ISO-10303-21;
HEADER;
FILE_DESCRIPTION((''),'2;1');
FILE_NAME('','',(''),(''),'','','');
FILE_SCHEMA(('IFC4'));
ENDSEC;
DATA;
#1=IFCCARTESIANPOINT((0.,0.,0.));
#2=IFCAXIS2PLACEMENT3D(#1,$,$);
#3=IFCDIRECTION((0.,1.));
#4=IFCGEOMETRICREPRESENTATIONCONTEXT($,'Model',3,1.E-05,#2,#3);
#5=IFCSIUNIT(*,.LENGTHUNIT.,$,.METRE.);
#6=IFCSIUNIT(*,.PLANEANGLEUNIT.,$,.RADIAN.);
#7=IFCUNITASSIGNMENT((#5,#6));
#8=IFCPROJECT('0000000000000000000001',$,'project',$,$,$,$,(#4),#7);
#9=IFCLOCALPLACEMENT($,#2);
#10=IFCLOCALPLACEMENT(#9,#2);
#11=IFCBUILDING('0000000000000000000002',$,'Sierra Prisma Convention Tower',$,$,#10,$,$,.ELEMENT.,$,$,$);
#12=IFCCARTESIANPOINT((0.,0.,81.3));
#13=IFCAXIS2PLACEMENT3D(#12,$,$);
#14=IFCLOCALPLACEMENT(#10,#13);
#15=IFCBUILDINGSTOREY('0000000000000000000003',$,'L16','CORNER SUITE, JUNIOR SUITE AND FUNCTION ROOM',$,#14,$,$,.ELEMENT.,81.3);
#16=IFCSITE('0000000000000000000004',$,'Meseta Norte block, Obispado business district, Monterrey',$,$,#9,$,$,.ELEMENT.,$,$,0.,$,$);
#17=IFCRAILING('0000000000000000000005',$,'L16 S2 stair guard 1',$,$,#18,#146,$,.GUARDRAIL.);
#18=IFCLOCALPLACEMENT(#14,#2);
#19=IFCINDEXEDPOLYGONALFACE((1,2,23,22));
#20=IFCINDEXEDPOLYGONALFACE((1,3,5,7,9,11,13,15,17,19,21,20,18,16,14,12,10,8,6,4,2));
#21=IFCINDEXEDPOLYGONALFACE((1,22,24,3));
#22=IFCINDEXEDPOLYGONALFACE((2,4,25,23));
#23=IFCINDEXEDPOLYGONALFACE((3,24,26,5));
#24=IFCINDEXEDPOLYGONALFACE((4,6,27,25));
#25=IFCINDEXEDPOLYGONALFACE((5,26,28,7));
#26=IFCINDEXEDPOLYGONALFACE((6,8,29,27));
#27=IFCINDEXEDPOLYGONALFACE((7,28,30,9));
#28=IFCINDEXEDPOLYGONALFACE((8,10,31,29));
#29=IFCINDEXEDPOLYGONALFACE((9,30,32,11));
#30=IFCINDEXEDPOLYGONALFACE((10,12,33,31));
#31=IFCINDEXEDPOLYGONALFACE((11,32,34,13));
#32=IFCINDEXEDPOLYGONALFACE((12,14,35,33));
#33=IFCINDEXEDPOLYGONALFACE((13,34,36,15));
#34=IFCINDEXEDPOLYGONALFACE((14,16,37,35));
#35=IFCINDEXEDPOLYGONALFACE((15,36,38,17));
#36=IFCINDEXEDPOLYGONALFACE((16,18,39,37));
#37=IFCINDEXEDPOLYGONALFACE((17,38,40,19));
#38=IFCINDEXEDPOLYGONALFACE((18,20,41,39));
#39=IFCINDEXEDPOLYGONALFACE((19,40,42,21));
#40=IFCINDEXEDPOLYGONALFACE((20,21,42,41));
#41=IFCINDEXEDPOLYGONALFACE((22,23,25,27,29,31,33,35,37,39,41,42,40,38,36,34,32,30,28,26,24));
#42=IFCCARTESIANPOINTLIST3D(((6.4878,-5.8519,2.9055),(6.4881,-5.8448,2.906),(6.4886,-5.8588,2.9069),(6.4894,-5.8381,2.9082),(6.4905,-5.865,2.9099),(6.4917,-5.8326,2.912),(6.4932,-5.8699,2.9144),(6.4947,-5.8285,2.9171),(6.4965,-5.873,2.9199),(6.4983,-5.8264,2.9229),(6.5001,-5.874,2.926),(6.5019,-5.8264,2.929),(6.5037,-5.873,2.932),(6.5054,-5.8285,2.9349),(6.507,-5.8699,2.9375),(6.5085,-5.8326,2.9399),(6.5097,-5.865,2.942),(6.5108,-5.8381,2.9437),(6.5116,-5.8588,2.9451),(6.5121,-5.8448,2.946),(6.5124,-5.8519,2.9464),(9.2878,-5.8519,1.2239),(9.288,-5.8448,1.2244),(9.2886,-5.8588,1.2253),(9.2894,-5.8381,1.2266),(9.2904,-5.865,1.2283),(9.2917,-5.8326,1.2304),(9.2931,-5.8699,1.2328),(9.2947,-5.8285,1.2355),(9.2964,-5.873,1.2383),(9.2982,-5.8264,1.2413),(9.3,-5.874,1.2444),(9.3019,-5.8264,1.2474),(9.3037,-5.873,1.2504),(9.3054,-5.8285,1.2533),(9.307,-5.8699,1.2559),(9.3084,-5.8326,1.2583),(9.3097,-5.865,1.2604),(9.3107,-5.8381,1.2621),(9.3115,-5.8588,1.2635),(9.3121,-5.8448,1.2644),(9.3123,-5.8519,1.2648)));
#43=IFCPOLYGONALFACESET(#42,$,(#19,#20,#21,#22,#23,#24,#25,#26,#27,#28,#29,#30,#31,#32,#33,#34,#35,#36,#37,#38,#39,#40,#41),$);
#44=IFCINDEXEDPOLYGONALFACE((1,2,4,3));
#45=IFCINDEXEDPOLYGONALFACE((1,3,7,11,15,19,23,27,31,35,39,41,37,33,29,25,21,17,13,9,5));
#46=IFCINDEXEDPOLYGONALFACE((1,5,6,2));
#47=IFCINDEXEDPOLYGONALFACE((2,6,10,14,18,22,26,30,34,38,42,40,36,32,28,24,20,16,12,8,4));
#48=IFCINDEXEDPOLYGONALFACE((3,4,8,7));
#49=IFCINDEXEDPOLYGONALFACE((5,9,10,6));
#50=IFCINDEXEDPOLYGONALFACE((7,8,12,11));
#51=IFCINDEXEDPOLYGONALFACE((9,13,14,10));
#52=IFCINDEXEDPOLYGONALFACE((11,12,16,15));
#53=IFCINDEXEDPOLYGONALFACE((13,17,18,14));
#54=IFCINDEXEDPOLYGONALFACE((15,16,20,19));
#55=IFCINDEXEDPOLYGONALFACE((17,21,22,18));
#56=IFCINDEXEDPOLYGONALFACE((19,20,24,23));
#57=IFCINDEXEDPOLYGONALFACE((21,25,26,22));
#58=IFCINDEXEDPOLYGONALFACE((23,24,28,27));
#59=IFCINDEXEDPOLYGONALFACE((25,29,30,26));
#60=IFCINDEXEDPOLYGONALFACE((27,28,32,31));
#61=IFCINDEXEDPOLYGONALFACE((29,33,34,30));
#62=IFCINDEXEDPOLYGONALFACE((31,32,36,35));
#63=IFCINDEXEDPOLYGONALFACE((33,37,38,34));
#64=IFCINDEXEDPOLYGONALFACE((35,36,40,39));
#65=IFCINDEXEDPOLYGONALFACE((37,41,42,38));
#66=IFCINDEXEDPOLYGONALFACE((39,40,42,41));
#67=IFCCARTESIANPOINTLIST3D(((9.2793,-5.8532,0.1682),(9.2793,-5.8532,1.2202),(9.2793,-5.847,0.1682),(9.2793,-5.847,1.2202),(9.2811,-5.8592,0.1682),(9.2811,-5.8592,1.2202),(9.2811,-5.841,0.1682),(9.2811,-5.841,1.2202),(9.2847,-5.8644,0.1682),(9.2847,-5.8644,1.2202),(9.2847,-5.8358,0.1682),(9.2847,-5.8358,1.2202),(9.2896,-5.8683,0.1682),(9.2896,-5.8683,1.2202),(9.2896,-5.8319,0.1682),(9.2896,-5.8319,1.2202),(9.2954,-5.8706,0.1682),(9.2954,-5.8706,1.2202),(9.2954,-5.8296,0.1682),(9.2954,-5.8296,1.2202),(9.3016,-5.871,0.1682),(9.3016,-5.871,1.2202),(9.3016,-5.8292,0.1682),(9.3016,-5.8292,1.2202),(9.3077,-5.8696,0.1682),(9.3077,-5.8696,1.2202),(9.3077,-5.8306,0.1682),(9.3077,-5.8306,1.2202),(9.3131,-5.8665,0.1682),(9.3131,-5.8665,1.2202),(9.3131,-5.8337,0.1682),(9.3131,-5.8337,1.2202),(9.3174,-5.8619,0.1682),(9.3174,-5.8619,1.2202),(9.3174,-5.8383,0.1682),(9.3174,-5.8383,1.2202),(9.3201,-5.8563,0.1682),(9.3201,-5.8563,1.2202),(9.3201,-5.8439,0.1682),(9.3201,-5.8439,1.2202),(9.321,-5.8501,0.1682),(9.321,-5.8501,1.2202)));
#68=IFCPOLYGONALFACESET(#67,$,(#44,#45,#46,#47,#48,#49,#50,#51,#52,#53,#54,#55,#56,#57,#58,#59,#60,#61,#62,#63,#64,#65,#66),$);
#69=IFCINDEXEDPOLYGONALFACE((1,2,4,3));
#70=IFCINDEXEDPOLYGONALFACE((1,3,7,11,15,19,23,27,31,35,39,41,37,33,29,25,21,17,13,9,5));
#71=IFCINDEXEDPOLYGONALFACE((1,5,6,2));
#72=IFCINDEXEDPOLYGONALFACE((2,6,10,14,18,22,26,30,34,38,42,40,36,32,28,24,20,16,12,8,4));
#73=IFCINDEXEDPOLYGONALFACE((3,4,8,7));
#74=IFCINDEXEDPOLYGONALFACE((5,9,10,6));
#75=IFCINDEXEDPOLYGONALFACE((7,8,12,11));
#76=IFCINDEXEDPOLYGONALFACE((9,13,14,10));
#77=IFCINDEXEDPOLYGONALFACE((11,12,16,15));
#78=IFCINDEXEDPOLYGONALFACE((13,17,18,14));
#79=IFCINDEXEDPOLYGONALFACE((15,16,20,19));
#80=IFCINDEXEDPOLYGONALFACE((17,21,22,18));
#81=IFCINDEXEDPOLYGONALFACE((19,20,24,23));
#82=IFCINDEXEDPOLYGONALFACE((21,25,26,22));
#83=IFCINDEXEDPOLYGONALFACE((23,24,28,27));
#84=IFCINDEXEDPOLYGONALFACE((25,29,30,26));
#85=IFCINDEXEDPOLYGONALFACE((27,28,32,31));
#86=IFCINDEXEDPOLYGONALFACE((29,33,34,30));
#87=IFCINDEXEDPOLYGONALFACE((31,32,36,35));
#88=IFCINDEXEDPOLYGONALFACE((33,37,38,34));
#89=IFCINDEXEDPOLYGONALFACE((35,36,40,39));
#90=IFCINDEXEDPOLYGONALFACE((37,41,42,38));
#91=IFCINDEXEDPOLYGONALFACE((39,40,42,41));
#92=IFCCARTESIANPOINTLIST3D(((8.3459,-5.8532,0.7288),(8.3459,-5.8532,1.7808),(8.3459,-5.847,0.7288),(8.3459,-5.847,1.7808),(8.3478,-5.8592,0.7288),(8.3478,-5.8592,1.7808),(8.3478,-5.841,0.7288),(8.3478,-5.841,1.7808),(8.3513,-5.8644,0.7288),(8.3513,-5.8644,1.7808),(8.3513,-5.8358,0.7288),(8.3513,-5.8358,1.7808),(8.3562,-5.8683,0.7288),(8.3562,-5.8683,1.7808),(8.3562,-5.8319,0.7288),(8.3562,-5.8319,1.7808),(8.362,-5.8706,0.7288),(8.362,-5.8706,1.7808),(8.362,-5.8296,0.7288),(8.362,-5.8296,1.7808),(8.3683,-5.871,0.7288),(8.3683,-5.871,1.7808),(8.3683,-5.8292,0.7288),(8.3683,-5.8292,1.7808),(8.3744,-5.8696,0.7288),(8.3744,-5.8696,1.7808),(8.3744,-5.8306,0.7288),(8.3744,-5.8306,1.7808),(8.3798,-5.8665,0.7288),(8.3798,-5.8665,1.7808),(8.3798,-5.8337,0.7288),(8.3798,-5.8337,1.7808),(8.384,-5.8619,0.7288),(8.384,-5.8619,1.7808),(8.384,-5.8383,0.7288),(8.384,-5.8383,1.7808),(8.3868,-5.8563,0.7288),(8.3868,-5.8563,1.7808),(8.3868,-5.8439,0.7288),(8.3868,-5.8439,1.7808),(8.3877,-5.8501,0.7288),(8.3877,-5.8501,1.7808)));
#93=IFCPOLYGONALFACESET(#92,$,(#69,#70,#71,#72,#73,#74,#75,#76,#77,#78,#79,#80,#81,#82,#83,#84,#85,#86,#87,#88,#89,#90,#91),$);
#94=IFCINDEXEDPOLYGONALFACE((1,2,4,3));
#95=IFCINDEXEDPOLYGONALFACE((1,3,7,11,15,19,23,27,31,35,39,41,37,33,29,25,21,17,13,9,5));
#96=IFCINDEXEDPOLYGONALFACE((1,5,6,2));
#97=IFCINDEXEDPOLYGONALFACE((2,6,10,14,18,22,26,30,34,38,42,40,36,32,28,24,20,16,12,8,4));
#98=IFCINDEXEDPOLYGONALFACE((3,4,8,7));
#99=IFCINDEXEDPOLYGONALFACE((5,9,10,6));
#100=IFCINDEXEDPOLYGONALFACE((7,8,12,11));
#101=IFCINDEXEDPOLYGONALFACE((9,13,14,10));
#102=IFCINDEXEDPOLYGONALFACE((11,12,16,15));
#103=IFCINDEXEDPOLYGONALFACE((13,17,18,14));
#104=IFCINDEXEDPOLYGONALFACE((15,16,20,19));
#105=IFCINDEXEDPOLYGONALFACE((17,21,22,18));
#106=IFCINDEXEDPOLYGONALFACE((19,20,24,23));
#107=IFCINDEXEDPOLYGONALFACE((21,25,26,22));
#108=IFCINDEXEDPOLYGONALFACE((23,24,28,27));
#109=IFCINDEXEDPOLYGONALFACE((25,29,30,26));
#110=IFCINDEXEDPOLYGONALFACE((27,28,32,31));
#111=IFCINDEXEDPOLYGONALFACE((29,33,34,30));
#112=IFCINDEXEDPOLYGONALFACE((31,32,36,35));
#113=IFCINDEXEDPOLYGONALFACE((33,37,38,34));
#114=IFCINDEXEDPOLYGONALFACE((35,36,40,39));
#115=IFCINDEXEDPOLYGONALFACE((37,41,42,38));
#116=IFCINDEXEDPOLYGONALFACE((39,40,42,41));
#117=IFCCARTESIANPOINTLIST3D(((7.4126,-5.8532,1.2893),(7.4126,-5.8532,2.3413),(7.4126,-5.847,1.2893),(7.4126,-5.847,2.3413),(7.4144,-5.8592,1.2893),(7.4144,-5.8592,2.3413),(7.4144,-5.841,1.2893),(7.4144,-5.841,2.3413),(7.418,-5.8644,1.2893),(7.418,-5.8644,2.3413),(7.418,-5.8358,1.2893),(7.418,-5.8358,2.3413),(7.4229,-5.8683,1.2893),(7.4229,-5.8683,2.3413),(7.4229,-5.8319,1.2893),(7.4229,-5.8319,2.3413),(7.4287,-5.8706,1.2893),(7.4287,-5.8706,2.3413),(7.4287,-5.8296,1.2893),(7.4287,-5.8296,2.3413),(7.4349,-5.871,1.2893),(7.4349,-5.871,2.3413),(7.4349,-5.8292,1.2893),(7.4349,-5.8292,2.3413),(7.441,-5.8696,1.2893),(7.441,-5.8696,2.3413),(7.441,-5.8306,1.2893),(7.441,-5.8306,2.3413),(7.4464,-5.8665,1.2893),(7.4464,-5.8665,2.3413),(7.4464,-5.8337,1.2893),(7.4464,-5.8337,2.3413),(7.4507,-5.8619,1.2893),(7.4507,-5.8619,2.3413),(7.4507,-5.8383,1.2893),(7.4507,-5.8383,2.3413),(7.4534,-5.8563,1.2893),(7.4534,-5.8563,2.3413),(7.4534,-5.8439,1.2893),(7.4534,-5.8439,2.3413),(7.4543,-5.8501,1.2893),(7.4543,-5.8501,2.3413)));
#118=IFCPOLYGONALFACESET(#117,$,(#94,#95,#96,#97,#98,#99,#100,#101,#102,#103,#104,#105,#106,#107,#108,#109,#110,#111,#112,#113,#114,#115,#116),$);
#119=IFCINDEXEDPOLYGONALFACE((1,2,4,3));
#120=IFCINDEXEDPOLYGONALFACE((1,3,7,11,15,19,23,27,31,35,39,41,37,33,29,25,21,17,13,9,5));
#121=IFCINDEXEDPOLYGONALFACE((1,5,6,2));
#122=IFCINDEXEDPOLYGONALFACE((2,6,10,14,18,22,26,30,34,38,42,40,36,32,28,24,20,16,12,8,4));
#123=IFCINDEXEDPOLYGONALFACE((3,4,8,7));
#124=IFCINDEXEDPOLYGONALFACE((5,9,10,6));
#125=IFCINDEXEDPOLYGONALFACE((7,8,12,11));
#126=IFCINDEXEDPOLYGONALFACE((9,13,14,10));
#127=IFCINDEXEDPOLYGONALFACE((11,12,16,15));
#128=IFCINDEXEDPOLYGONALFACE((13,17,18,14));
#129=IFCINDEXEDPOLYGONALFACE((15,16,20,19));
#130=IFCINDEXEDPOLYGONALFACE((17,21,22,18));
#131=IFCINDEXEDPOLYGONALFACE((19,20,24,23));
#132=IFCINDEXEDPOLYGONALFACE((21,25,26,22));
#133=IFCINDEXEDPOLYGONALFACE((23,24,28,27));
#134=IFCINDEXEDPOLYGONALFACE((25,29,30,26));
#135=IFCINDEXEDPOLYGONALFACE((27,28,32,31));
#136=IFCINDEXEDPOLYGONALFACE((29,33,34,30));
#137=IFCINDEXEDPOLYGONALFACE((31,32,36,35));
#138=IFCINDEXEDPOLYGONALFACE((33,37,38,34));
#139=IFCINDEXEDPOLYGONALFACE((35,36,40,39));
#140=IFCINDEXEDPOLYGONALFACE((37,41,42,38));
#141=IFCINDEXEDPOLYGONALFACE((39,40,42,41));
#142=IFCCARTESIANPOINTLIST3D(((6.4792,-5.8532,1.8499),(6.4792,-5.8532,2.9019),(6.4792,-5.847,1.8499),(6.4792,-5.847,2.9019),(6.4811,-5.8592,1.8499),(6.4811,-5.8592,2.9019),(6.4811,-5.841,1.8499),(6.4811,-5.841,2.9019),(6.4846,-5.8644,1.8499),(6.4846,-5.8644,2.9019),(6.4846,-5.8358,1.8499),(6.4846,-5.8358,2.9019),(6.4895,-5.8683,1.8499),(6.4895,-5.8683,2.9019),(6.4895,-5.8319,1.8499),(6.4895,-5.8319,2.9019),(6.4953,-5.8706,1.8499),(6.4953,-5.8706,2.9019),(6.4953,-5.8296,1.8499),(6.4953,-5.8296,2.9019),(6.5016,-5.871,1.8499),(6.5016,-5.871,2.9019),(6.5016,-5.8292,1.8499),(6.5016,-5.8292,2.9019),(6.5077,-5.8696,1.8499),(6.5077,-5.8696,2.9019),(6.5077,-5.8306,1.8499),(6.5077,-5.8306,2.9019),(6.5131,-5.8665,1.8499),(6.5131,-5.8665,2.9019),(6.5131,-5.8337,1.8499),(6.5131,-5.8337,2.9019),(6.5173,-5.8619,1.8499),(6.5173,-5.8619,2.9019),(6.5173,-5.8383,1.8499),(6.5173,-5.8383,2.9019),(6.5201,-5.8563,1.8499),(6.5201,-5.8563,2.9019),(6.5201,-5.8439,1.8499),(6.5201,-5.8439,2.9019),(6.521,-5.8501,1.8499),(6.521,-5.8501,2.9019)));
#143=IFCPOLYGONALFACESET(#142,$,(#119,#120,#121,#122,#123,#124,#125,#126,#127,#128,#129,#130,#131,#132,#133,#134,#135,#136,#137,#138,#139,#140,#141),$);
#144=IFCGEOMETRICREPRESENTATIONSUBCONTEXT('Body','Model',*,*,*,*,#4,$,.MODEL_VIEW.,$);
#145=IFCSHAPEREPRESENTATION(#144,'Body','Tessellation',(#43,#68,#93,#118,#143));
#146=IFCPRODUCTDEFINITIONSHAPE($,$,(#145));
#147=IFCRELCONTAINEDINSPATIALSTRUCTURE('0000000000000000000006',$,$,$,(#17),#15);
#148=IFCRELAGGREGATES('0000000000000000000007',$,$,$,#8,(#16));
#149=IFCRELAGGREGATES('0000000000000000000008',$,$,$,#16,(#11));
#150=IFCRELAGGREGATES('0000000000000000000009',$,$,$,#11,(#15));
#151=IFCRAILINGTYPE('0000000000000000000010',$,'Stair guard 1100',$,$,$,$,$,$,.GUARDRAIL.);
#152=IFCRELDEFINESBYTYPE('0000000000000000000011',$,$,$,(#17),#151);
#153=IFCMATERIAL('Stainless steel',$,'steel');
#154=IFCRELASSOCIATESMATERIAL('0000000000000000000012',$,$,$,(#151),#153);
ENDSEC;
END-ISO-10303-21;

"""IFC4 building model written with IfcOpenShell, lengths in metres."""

from ifc_helpers import new_model, si_unit, direction, frame, origin, origin_2d, place, context, subcontext, project, spatial, circle, extrude, material, type_object, element, save


model = new_model("IFC4")

# Units and contexts
model_context = context("Model", 3, precision=1e-05, world=origin(), true_north=direction((0.0, 1.0)))
body_context = subcontext(model_context, "Body", "Model", "MODEL_VIEW")
ifc_project = project(units=[si_unit("LENGTHUNIT", "METRE"), si_unit("PLANEANGLEUNIT", "RADIAN")], contexts=[model_context])

# Site, building, storey
site_placement = place(None, origin())
site = spatial("IfcSite", under=ifc_project, at=site_placement, Name="Meseta Norte block, Obispado business district, Monterrey", CompositionType="ELEMENT", RefElevation=0.0)
building_placement = place(site_placement, origin())
building = spatial("IfcBuilding", under=site, at=building_placement, Name="Sierra Prisma Convention Tower", CompositionType="ELEMENT")
storey_placement = place(building_placement, frame((0.0, 0.0, 81.3)))
storey = spatial("IfcBuildingStorey", under=building, at=storey_placement, Name="L16", Description="CORNER SUITE, JUNIOR SUITE AND FUNCTION ROOM", CompositionType="ELEMENT", Elevation=81.3)

# Railing
ifc_material_1 = material(Name="Stainless steel", Category="steel")
railing_type_1 = type_object("IfcRailingType", Name="Stair guard 1100", PredefinedType="GUARDRAIL", material=ifc_material_1)
railing_1_placement = place(storey_placement, frame((9.3, -5.8501, 0.1682)))
element("IfcRailing", 1, at=railing_1_placement, inside=storey, type_object=railing_type_1, Name="L16 S2 stair guard 1", PredefinedType="GUARDRAIL", context=body_context, shape_type="SweptSolid", body=[
    extrude(circle(Radius=0.0239, at=origin_2d()), frame((0.0, 0.0, 1.0762), z_axis=(-0.857275, 0.0, 0.514858), x_axis=(0.0, -1.0, 0.0)), (0.0, 0.0, 1.0), 3.2661),
    extrude(circle(Radius=0.021, at=origin_2d()), origin(), (0.0, 0.0, 1.0), 1.052),
    extrude(circle(Radius=0.021, at=origin_2d()), frame((-0.9333, 0.0, 0.5605)), (0.0, 0.0, 1.0), 1.052),
    extrude(circle(Radius=0.021, at=origin_2d()), frame((-1.8667, 0.0, 1.1211)), (0.0, 0.0, 1.0), 1.052),
    extrude(circle(Radius=0.021, at=origin_2d()), frame((-2.8, 0.0, 1.6816)), (0.0, 0.0, 1.0), 1.052),
])

save(model, "model.ifc")
